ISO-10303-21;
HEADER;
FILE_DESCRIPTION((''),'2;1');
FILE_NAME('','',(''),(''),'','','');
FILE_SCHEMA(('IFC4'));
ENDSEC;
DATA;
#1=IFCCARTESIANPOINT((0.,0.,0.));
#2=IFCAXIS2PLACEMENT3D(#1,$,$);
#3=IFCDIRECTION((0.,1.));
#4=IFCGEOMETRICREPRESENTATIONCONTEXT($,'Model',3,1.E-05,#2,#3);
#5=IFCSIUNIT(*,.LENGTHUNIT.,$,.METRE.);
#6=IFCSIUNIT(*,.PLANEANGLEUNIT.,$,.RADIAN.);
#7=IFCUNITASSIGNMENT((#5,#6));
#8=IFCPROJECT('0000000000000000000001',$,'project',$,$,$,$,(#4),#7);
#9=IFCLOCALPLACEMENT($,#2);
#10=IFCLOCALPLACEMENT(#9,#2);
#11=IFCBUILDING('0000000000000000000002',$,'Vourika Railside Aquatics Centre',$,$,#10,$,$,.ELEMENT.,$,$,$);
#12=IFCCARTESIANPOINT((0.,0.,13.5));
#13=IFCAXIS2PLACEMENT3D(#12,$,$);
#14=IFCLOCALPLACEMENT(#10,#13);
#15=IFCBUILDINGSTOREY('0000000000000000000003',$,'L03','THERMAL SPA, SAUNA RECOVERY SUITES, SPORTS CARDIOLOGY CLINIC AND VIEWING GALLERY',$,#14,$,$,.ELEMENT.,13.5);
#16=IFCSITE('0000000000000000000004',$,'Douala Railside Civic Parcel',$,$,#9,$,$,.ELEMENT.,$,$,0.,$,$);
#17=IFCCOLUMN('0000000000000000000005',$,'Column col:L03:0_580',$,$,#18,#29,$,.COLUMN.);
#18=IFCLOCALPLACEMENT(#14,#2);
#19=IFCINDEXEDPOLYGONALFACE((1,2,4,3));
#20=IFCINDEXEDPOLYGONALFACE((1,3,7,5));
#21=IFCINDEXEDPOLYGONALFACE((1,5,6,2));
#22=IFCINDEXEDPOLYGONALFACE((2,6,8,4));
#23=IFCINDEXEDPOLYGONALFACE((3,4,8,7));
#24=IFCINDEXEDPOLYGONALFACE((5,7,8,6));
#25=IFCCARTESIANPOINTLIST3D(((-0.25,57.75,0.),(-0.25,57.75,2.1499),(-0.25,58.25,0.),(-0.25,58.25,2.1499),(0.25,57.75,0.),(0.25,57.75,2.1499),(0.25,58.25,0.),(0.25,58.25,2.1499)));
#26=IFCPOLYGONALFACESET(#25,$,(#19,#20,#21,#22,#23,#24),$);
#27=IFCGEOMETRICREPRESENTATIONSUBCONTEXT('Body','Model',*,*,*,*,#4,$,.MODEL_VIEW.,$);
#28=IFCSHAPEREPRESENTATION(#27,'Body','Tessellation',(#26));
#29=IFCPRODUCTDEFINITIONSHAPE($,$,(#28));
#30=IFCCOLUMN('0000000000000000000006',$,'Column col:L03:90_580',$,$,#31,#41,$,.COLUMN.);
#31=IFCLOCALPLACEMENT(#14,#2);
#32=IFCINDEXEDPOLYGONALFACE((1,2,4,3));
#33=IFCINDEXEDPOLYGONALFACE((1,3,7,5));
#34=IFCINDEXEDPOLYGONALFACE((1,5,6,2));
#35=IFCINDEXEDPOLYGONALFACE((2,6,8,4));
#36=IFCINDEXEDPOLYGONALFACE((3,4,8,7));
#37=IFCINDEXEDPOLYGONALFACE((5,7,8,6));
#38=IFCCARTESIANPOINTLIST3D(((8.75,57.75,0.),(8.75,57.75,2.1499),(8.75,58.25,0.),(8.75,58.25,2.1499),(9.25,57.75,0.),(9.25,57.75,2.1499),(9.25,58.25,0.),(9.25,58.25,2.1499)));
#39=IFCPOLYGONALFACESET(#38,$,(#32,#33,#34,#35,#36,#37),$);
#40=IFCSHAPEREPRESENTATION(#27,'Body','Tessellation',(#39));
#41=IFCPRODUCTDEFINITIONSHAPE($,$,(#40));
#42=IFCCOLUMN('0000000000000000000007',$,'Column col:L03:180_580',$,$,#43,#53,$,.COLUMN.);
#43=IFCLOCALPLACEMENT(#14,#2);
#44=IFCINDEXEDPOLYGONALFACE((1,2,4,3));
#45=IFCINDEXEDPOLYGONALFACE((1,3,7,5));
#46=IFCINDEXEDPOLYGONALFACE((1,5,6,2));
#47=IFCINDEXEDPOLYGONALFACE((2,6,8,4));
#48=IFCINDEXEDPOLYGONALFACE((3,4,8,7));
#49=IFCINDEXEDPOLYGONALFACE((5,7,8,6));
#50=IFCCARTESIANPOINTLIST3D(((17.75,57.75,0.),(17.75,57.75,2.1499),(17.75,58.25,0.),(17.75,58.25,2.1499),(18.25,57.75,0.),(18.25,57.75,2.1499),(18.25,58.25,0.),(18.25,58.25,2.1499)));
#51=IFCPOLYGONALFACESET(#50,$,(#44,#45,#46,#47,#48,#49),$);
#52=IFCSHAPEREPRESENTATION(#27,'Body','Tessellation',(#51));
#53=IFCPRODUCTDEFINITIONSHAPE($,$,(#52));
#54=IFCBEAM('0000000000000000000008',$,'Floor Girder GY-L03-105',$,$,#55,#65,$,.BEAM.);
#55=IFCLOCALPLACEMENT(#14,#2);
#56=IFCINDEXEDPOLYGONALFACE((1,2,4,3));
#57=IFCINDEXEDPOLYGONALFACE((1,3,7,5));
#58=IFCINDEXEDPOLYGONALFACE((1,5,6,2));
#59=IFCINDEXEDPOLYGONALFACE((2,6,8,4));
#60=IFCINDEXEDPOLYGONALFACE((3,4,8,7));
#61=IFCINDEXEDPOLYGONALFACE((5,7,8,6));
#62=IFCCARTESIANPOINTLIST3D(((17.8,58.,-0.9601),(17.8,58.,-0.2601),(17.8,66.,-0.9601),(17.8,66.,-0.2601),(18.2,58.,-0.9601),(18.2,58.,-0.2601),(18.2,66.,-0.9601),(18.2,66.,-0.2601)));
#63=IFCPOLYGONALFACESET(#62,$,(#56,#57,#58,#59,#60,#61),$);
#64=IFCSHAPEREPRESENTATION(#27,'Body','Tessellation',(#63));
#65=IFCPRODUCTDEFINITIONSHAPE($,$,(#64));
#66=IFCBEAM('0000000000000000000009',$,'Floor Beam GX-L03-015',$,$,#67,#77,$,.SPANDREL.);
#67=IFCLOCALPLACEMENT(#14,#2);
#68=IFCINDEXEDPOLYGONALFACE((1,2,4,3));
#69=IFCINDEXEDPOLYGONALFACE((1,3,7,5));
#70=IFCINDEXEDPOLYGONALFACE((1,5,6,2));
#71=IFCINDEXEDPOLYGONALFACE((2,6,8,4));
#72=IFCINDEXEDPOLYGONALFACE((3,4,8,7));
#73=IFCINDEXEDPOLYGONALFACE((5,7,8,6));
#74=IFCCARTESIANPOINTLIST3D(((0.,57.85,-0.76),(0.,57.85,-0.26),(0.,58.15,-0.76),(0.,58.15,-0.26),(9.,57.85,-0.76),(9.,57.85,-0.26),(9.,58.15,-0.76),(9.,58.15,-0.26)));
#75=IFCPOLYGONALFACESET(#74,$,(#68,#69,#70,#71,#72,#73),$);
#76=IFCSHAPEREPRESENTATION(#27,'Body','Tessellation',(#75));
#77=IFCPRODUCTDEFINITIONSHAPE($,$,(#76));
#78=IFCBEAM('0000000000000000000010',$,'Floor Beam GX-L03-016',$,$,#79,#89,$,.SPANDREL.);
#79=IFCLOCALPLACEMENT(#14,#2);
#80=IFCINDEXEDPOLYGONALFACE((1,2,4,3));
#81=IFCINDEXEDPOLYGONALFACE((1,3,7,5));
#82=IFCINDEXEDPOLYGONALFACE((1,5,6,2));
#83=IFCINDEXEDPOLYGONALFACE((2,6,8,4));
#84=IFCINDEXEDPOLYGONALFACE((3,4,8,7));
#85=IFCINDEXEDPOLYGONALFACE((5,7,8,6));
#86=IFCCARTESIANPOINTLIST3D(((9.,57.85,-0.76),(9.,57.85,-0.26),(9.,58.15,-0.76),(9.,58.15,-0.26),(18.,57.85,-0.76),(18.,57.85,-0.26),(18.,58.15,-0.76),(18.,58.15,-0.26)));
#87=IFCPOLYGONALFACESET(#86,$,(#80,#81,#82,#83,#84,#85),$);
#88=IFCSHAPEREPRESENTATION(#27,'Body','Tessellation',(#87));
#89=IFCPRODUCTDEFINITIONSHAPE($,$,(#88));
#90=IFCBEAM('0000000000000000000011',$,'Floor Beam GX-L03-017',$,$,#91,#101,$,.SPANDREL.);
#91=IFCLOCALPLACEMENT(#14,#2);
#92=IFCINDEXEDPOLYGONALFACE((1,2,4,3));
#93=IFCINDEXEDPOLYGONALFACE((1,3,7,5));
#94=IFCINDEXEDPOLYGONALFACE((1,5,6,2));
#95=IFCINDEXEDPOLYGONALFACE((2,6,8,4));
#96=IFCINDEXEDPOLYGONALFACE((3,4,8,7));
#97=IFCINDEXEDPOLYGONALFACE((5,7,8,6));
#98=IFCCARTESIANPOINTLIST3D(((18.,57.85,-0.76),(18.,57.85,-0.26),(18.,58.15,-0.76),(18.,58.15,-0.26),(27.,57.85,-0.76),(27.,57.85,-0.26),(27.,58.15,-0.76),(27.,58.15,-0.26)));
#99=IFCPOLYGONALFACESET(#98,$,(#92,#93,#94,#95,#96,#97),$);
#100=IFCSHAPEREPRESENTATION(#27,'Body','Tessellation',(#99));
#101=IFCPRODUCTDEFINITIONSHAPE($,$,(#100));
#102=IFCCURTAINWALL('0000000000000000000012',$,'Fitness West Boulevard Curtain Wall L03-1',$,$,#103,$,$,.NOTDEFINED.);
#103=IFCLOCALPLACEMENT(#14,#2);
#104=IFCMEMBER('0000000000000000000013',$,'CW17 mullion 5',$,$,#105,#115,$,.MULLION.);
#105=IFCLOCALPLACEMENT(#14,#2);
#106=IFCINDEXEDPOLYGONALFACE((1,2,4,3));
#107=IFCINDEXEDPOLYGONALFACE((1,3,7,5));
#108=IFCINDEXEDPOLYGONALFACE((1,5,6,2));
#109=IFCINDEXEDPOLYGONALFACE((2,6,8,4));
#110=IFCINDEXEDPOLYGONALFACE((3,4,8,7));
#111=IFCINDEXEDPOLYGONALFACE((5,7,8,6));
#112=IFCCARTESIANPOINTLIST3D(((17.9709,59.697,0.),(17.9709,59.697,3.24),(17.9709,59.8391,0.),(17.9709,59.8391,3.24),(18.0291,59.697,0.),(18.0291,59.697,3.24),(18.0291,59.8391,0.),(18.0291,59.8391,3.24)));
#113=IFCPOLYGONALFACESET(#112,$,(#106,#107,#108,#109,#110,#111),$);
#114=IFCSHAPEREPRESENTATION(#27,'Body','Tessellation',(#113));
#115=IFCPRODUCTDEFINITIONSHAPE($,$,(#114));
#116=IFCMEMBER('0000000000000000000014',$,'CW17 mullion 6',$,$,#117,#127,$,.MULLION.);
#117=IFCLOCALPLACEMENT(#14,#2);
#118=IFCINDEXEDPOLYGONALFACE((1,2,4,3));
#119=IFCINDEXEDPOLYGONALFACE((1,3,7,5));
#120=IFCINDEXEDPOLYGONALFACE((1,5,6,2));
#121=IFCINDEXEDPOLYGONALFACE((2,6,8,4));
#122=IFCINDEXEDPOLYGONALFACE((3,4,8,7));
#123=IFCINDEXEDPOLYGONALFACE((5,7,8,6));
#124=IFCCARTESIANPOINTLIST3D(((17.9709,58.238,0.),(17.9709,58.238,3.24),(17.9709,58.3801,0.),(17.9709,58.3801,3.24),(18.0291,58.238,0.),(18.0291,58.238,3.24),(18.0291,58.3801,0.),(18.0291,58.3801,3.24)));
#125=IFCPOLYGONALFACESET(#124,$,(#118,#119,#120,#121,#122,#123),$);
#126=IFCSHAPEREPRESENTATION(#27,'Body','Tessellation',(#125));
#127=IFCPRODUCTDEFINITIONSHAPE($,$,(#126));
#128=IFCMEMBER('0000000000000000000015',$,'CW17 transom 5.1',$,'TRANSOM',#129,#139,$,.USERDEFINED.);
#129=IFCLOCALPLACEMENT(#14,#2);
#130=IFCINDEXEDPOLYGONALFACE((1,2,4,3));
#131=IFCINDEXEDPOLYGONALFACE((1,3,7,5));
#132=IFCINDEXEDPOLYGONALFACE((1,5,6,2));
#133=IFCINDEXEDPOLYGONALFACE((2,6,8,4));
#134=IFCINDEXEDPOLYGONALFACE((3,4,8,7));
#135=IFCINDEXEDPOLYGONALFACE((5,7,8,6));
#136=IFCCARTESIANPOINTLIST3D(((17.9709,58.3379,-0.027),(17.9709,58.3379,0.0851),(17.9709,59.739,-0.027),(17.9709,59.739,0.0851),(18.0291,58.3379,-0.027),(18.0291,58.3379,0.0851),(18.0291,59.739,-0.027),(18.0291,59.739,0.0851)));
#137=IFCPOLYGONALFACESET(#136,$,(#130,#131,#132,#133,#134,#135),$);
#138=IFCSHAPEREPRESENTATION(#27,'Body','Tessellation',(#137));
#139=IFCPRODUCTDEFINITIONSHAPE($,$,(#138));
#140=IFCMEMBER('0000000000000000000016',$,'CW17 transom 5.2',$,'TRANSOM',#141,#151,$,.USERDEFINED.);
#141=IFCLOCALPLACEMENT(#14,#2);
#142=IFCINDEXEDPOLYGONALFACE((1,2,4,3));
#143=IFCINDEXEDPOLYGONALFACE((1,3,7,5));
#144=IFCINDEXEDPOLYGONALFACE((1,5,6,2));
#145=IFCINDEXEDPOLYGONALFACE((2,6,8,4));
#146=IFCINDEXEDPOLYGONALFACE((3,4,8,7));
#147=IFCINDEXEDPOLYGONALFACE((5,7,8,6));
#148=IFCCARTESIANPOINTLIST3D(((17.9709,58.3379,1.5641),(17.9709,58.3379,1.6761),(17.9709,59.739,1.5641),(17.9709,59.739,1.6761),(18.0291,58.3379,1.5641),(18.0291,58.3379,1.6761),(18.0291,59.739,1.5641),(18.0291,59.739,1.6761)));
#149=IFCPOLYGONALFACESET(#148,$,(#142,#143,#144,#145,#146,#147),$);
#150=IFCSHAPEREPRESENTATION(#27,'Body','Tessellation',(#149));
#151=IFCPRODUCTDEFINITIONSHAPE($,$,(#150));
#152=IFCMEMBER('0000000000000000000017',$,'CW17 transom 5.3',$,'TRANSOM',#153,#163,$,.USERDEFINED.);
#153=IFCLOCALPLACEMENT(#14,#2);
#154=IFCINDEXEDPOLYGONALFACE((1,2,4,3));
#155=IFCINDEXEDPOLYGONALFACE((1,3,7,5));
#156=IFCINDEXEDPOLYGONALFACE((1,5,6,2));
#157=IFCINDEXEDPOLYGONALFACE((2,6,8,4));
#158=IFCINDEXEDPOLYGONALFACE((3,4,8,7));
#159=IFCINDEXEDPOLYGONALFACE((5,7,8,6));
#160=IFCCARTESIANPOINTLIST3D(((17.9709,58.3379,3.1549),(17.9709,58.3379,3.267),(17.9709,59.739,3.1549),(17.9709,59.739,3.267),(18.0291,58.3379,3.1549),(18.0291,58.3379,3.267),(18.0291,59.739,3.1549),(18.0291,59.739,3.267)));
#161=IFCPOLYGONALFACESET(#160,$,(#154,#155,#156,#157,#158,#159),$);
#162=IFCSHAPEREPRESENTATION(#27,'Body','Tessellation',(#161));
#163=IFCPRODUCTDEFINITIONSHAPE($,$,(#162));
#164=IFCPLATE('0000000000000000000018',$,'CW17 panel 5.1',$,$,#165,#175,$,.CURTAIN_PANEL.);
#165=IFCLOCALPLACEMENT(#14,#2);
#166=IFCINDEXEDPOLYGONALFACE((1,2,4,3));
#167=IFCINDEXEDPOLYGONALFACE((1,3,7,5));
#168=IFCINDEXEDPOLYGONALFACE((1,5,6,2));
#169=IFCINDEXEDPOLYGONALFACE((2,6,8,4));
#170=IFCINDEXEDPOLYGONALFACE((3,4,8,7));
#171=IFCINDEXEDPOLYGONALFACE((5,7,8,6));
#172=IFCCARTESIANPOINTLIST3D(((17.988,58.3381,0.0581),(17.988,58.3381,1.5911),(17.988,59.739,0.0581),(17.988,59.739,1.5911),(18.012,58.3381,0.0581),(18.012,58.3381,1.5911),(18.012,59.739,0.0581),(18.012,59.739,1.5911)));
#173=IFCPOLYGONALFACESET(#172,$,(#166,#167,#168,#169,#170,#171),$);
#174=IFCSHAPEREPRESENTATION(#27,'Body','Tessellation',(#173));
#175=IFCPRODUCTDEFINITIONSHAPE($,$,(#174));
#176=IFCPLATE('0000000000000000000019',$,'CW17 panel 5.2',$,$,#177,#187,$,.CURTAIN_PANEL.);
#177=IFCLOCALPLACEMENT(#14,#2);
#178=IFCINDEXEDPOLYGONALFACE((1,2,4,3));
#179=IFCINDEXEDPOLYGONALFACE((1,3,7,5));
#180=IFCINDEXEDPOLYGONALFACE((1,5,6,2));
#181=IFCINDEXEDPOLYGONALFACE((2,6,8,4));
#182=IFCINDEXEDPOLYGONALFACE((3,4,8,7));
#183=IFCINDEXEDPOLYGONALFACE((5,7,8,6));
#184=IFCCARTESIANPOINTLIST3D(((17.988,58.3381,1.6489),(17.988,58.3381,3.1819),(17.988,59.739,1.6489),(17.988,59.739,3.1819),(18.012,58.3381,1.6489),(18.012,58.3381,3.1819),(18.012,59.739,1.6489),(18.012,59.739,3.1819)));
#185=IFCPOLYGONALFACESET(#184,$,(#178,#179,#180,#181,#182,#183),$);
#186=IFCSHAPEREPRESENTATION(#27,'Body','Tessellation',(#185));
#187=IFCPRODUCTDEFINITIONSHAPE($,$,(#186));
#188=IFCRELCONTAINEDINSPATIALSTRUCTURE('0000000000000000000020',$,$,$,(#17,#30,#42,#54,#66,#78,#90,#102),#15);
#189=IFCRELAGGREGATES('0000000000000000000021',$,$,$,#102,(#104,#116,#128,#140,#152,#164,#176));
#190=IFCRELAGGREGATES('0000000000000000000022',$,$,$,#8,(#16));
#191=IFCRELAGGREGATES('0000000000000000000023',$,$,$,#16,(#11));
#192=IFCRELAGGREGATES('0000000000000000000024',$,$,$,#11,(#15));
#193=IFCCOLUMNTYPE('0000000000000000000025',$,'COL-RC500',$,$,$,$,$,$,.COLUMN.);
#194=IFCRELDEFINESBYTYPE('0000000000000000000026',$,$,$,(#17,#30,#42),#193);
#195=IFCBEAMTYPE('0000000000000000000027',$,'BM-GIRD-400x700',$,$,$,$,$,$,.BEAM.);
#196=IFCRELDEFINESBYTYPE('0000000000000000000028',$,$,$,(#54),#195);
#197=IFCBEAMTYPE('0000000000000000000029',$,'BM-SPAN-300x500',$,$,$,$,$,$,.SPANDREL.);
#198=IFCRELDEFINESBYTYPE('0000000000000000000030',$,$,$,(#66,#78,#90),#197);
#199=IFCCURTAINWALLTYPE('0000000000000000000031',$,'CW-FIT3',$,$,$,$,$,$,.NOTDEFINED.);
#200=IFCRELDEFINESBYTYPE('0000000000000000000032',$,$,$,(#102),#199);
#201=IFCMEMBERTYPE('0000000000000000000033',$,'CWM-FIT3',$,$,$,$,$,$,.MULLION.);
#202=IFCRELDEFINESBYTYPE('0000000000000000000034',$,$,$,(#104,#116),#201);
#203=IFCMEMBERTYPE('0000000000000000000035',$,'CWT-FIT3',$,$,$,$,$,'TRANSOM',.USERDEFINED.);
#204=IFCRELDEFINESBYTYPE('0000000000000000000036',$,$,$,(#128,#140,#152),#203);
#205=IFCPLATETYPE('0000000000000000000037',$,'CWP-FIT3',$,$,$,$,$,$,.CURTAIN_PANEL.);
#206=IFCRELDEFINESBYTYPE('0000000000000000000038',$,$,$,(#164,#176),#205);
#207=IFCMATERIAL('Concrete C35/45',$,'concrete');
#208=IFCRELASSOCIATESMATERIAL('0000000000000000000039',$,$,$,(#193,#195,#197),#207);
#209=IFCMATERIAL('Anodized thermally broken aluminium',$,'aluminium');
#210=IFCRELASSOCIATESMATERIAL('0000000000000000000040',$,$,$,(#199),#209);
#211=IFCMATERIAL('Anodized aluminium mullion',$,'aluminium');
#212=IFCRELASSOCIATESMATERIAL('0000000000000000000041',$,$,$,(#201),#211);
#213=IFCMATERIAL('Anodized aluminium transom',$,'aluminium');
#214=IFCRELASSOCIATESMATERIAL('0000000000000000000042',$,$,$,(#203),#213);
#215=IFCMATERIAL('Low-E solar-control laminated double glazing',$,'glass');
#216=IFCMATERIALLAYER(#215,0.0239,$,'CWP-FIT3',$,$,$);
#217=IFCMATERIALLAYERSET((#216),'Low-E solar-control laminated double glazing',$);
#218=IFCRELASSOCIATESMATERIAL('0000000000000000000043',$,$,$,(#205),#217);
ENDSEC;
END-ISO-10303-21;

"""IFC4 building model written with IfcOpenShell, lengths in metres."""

from ifc_helpers import new_model, si_unit, direction, frame, origin, origin_2d, place, context, subcontext, project, spatial, rectangle, extrude, material, layer, layer_set, material_profile, profile_set, type_object, element, aggregate, save


model = new_model("IFC4")

# Units and contexts
model_context = context("Model", 3, precision=1e-05, world=origin(), true_north=direction((0.0, 1.0)))
body_context = subcontext(model_context, "Body", "Model", "MODEL_VIEW")
ifc_project = project(units=[si_unit("LENGTHUNIT", "METRE"), si_unit("PLANEANGLEUNIT", "RADIAN")], contexts=[model_context])

# Site, building, storey
site_placement = place(None, origin())
site = spatial("IfcSite", under=ifc_project, at=site_placement, Name="Douala Railside Civic Parcel", CompositionType="ELEMENT", RefElevation=0.0)
building_placement = place(site_placement, origin())
building = spatial("IfcBuilding", under=site, at=building_placement, Name="Vourika Railside Aquatics Centre", CompositionType="ELEMENT")
storey_placement = place(building_placement, frame((0.0, 0.0, 13.5)))
storey = spatial("IfcBuildingStorey", under=building, at=storey_placement, Name="L03", Description="THERMAL SPA, SAUNA RECOVERY SUITES, SPORTS CARDIOLOGY CLINIC AND VIEWING GALLERY", CompositionType="ELEMENT", Elevation=13.5)

# Columns
ifc_material_1 = material(Name="Concrete C35/45", Category="concrete")
ifc_material_profile_1 = material_profile(ifc_material_1, rectangle(XDim=0.5, YDim=0.5, at=origin_2d()), Name="RC 500x500")
ifc_profile_set_1 = profile_set([ifc_material_profile_1], Name="Concrete C35/45")
column_type = type_object("IfcColumnType", Name="COL-RC500", PredefinedType="COLUMN", material=ifc_profile_set_1)
for number, where, z_axis, x_axis, name in (
    (1, (0.0, 58.0, 0.0), (0.0, 0.0, 1.0), (1.0, 0.0, 0.0), "Column col:L03:0_580"),
    (2, (9.0, 58.0, 0.0), (0.0, 0.0, 1.0), (1.0, 0.0, 0.0), "Column col:L03:90_580"),
    (3, (18.0, 58.0, 0.0), (0.0, 0.0, 1.0), (1.0, 0.0, 0.0), "Column col:L03:180_580"),
):
    element("IfcColumn", number, at=place(storey_placement, frame(where, z_axis=z_axis, x_axis=x_axis)), inside=storey, type_object=column_type, Name=name, PredefinedType="COLUMN", context=body_context, shape_type="SweptSolid", body=[
        extrude(rectangle(XDim=0.5, YDim=0.5, at=origin_2d()), origin(), (0.0, 0.0, 1.0), 2.1499),
    ])

# Beams
ifc_material_profile_2 = material_profile(ifc_material_1, rectangle(XDim=0.3999, YDim=0.7, at=origin_2d()), Name="RC 400x700")
ifc_profile_set_2 = profile_set([ifc_material_profile_2], Name="Concrete C35/45")
beam_type_1 = type_object("IfcBeamType", Name="BM-GIRD-400x700", PredefinedType="BEAM", material=ifc_profile_set_2)
beam_placement = place(storey_placement, frame((18.0, 58.0, -0.6101), z_axis=(0.0, 1.0, 0.0), x_axis=(-1.0, 0.0, 0.0)))
element("IfcBeam", 4, at=beam_placement, inside=storey, type_object=beam_type_1, Name="Floor Girder GY-L03-105", PredefinedType="BEAM", context=body_context, shape_type="SweptSolid", body=[
    extrude(rectangle(XDim=0.3999, YDim=0.7, at=origin_2d()), origin(), (0.0, 0.0, 1.0), 8.0),
])
ifc_material_profile_3 = material_profile(ifc_material_1, rectangle(XDim=0.3, YDim=0.5, at=origin_2d()), Name="RC 300x500")
ifc_profile_set_3 = profile_set([ifc_material_profile_3], Name="Concrete C35/45")
beam_type_2 = type_object("IfcBeamType", Name="BM-SPAN-300x500", PredefinedType="SPANDREL", material=ifc_profile_set_3)
for number, where, z_axis, x_axis, name in (
    (5, (0.0, 58.0, -0.51), (1.0, 0.0, 0.0), (0.0, 1.0, 0.0), "Floor Beam GX-L03-015"),
    (6, (9.0, 58.0, -0.51), (1.0, 0.0, 0.0), (0.0, 1.0, 0.0), "Floor Beam GX-L03-016"),
    (7, (18.0, 58.0, -0.51), (1.0, 0.0, 0.0), (0.0, 1.0, 0.0), "Floor Beam GX-L03-017"),
):
    element("IfcBeam", number, at=place(storey_placement, frame(where, z_axis=z_axis, x_axis=x_axis)), inside=storey, type_object=beam_type_2, Name=name, PredefinedType="SPANDREL", context=body_context, shape_type="SweptSolid", body=[
        extrude(rectangle(XDim=0.3, YDim=0.5, at=origin_2d()), origin(), (0.0, 0.0, 1.0), 9.0),
    ])

# Curtain wall, members, plates
ifc_material_2 = material(Name="Anodized thermally broken aluminium", Category="aluminium")
curtain_wall_type = type_object("IfcCurtainWallType", Name="CW-FIT3", PredefinedType="NOTDEFINED", material=ifc_material_2)
curtain_wall_placement = place(storey_placement, origin())
curtain_wall = element("IfcCurtainWall", 8, at=curtain_wall_placement, inside=storey, type_object=curtain_wall_type, Name="Fitness West Boulevard Curtain Wall L03-1", PredefinedType="NOTDEFINED")
ifc_material_3 = material(Name="Anodized aluminium mullion", Category="aluminium")
ifc_material_profile_4 = material_profile(ifc_material_3, rectangle(XDim=0.0581, YDim=0.1421, at=origin_2d()), Name="ALU-M 58x142")
ifc_profile_set_4 = profile_set([ifc_material_profile_4], Name="Anodized aluminium mullion")
member_type_1 = type_object("IfcMemberType", Name="CWM-FIT3", PredefinedType="MULLION", material=ifc_profile_set_4)
member_1_placement = place(storey_placement, frame((18.0, 59.7681, 0.0), z_axis=(0.0, 0.0, 1.0), x_axis=(1.0, 0.0, 0.0)))
member_1 = element("IfcMember", 9, at=member_1_placement, type_object=member_type_1, Name="CW17 mullion 5", PredefinedType="MULLION", context=body_context, shape_type="SweptSolid", body=[
    extrude(rectangle(XDim=0.0581, YDim=0.1421, at=origin_2d()), origin(), (0.0, 0.0, 1.0), 3.24),
])
member_2_placement = place(storey_placement, frame((18.0, 58.3091, 0.0), z_axis=(0.0, 0.0, 1.0), x_axis=(1.0, 0.0, 0.0)))
member_2 = element("IfcMember", 10, at=member_2_placement, type_object=member_type_1, Name="CW17 mullion 6", PredefinedType="MULLION", context=body_context, shape_type="SweptSolid", body=[
    extrude(rectangle(XDim=0.0581, YDim=0.1421, at=origin_2d()), origin(), (0.0, 0.0, 1.0), 3.24),
])
ifc_material_4 = material(Name="Anodized aluminium transom", Category="aluminium")
ifc_material_profile_5 = material_profile(ifc_material_4, rectangle(XDim=0.0581, YDim=0.1121, at=origin_2d()), Name="ALU-T 58x112")
ifc_profile_set_5 = profile_set([ifc_material_profile_5], Name="Anodized aluminium transom")
member_type_2 = type_object("IfcMemberType", Name="CWT-FIT3", ElementType="TRANSOM", PredefinedType="USERDEFINED", material=ifc_profile_set_5)
member_3_placement = place(storey_placement, frame((18.0, 59.739, 0.0291), z_axis=(0.0, -1.0, 0.0), x_axis=(1.0, 0.0, 0.0)))
member_3 = element("IfcMember", 11, at=member_3_placement, type_object=member_type_2, Name="CW17 transom 5.1", ObjectType="TRANSOM", PredefinedType="USERDEFINED", context=body_context, shape_type="SweptSolid", body=[
    extrude(rectangle(XDim=0.0581, YDim=0.1121, at=origin_2d()), origin(), (0.0, 0.0, 1.0), 1.4011),
])
member_4_placement = place(storey_placement, frame((18.0, 59.739, 1.6201), z_axis=(0.0, -1.0, 0.0), x_axis=(1.0, 0.0, 0.0)))
member_4 = element("IfcMember", 12, at=member_4_placement, type_object=member_type_2, Name="CW17 transom 5.2", ObjectType="TRANSOM", PredefinedType="USERDEFINED", context=body_context, shape_type="SweptSolid", body=[
    extrude(rectangle(XDim=0.0581, YDim=0.1121, at=origin_2d()), origin(), (0.0, 0.0, 1.0), 1.4011),
])
member_5_placement = place(storey_placement, frame((18.0, 59.739, 3.2109), z_axis=(0.0, -1.0, 0.0), x_axis=(1.0, 0.0, 0.0)))
member_5 = element("IfcMember", 13, at=member_5_placement, type_object=member_type_2, Name="CW17 transom 5.3", ObjectType="TRANSOM", PredefinedType="USERDEFINED", context=body_context, shape_type="SweptSolid", body=[
    extrude(rectangle(XDim=0.0581, YDim=0.1121, at=origin_2d()), origin(), (0.0, 0.0, 1.0), 1.4011),
])
ifc_material_5 = material(Name="Low-E solar-control laminated double glazing", Category="glass")
ifc_layer_1 = layer(ifc_material_5, 0.0239, Name="CWP-FIT3")
ifc_layer_set_1 = layer_set([ifc_layer_1], Name="Low-E solar-control laminated double glazing")
plate_type = type_object("IfcPlateType", Name="CWP-FIT3", PredefinedType="CURTAIN_PANEL", material=ifc_layer_set_1)
plate_1_placement = place(storey_placement, frame((18.0, 59.0386, 0.0581), z_axis=(0.0, 0.0, 1.0), x_axis=(0.0, -1.0, 0.0)))
plate_1 = element("IfcPlate", 14, at=plate_1_placement, type_object=plate_type, Name="CW17 panel 5.1", PredefinedType="CURTAIN_PANEL", context=body_context, shape_type="SweptSolid", body=[
    extrude(rectangle(XDim=1.4009, YDim=0.0239, at=origin_2d()), origin(), (0.0, 0.0, 1.0), 1.533),
])
plate_2_placement = place(storey_placement, frame((18.0, 59.0386, 1.6489), z_axis=(0.0, 0.0, 1.0), x_axis=(0.0, -1.0, 0.0)))
plate_2 = element("IfcPlate", 15, at=plate_2_placement, type_object=plate_type, Name="CW17 panel 5.2", PredefinedType="CURTAIN_PANEL", context=body_context, shape_type="SweptSolid", body=[
    extrude(rectangle(XDim=1.4009, YDim=0.0239, at=origin_2d()), origin(), (0.0, 0.0, 1.0), 1.533),
])
aggregate(curtain_wall, [member_1, member_2, member_3, member_4, member_5, plate_1, plate_2])

save(model, "model.ifc")
